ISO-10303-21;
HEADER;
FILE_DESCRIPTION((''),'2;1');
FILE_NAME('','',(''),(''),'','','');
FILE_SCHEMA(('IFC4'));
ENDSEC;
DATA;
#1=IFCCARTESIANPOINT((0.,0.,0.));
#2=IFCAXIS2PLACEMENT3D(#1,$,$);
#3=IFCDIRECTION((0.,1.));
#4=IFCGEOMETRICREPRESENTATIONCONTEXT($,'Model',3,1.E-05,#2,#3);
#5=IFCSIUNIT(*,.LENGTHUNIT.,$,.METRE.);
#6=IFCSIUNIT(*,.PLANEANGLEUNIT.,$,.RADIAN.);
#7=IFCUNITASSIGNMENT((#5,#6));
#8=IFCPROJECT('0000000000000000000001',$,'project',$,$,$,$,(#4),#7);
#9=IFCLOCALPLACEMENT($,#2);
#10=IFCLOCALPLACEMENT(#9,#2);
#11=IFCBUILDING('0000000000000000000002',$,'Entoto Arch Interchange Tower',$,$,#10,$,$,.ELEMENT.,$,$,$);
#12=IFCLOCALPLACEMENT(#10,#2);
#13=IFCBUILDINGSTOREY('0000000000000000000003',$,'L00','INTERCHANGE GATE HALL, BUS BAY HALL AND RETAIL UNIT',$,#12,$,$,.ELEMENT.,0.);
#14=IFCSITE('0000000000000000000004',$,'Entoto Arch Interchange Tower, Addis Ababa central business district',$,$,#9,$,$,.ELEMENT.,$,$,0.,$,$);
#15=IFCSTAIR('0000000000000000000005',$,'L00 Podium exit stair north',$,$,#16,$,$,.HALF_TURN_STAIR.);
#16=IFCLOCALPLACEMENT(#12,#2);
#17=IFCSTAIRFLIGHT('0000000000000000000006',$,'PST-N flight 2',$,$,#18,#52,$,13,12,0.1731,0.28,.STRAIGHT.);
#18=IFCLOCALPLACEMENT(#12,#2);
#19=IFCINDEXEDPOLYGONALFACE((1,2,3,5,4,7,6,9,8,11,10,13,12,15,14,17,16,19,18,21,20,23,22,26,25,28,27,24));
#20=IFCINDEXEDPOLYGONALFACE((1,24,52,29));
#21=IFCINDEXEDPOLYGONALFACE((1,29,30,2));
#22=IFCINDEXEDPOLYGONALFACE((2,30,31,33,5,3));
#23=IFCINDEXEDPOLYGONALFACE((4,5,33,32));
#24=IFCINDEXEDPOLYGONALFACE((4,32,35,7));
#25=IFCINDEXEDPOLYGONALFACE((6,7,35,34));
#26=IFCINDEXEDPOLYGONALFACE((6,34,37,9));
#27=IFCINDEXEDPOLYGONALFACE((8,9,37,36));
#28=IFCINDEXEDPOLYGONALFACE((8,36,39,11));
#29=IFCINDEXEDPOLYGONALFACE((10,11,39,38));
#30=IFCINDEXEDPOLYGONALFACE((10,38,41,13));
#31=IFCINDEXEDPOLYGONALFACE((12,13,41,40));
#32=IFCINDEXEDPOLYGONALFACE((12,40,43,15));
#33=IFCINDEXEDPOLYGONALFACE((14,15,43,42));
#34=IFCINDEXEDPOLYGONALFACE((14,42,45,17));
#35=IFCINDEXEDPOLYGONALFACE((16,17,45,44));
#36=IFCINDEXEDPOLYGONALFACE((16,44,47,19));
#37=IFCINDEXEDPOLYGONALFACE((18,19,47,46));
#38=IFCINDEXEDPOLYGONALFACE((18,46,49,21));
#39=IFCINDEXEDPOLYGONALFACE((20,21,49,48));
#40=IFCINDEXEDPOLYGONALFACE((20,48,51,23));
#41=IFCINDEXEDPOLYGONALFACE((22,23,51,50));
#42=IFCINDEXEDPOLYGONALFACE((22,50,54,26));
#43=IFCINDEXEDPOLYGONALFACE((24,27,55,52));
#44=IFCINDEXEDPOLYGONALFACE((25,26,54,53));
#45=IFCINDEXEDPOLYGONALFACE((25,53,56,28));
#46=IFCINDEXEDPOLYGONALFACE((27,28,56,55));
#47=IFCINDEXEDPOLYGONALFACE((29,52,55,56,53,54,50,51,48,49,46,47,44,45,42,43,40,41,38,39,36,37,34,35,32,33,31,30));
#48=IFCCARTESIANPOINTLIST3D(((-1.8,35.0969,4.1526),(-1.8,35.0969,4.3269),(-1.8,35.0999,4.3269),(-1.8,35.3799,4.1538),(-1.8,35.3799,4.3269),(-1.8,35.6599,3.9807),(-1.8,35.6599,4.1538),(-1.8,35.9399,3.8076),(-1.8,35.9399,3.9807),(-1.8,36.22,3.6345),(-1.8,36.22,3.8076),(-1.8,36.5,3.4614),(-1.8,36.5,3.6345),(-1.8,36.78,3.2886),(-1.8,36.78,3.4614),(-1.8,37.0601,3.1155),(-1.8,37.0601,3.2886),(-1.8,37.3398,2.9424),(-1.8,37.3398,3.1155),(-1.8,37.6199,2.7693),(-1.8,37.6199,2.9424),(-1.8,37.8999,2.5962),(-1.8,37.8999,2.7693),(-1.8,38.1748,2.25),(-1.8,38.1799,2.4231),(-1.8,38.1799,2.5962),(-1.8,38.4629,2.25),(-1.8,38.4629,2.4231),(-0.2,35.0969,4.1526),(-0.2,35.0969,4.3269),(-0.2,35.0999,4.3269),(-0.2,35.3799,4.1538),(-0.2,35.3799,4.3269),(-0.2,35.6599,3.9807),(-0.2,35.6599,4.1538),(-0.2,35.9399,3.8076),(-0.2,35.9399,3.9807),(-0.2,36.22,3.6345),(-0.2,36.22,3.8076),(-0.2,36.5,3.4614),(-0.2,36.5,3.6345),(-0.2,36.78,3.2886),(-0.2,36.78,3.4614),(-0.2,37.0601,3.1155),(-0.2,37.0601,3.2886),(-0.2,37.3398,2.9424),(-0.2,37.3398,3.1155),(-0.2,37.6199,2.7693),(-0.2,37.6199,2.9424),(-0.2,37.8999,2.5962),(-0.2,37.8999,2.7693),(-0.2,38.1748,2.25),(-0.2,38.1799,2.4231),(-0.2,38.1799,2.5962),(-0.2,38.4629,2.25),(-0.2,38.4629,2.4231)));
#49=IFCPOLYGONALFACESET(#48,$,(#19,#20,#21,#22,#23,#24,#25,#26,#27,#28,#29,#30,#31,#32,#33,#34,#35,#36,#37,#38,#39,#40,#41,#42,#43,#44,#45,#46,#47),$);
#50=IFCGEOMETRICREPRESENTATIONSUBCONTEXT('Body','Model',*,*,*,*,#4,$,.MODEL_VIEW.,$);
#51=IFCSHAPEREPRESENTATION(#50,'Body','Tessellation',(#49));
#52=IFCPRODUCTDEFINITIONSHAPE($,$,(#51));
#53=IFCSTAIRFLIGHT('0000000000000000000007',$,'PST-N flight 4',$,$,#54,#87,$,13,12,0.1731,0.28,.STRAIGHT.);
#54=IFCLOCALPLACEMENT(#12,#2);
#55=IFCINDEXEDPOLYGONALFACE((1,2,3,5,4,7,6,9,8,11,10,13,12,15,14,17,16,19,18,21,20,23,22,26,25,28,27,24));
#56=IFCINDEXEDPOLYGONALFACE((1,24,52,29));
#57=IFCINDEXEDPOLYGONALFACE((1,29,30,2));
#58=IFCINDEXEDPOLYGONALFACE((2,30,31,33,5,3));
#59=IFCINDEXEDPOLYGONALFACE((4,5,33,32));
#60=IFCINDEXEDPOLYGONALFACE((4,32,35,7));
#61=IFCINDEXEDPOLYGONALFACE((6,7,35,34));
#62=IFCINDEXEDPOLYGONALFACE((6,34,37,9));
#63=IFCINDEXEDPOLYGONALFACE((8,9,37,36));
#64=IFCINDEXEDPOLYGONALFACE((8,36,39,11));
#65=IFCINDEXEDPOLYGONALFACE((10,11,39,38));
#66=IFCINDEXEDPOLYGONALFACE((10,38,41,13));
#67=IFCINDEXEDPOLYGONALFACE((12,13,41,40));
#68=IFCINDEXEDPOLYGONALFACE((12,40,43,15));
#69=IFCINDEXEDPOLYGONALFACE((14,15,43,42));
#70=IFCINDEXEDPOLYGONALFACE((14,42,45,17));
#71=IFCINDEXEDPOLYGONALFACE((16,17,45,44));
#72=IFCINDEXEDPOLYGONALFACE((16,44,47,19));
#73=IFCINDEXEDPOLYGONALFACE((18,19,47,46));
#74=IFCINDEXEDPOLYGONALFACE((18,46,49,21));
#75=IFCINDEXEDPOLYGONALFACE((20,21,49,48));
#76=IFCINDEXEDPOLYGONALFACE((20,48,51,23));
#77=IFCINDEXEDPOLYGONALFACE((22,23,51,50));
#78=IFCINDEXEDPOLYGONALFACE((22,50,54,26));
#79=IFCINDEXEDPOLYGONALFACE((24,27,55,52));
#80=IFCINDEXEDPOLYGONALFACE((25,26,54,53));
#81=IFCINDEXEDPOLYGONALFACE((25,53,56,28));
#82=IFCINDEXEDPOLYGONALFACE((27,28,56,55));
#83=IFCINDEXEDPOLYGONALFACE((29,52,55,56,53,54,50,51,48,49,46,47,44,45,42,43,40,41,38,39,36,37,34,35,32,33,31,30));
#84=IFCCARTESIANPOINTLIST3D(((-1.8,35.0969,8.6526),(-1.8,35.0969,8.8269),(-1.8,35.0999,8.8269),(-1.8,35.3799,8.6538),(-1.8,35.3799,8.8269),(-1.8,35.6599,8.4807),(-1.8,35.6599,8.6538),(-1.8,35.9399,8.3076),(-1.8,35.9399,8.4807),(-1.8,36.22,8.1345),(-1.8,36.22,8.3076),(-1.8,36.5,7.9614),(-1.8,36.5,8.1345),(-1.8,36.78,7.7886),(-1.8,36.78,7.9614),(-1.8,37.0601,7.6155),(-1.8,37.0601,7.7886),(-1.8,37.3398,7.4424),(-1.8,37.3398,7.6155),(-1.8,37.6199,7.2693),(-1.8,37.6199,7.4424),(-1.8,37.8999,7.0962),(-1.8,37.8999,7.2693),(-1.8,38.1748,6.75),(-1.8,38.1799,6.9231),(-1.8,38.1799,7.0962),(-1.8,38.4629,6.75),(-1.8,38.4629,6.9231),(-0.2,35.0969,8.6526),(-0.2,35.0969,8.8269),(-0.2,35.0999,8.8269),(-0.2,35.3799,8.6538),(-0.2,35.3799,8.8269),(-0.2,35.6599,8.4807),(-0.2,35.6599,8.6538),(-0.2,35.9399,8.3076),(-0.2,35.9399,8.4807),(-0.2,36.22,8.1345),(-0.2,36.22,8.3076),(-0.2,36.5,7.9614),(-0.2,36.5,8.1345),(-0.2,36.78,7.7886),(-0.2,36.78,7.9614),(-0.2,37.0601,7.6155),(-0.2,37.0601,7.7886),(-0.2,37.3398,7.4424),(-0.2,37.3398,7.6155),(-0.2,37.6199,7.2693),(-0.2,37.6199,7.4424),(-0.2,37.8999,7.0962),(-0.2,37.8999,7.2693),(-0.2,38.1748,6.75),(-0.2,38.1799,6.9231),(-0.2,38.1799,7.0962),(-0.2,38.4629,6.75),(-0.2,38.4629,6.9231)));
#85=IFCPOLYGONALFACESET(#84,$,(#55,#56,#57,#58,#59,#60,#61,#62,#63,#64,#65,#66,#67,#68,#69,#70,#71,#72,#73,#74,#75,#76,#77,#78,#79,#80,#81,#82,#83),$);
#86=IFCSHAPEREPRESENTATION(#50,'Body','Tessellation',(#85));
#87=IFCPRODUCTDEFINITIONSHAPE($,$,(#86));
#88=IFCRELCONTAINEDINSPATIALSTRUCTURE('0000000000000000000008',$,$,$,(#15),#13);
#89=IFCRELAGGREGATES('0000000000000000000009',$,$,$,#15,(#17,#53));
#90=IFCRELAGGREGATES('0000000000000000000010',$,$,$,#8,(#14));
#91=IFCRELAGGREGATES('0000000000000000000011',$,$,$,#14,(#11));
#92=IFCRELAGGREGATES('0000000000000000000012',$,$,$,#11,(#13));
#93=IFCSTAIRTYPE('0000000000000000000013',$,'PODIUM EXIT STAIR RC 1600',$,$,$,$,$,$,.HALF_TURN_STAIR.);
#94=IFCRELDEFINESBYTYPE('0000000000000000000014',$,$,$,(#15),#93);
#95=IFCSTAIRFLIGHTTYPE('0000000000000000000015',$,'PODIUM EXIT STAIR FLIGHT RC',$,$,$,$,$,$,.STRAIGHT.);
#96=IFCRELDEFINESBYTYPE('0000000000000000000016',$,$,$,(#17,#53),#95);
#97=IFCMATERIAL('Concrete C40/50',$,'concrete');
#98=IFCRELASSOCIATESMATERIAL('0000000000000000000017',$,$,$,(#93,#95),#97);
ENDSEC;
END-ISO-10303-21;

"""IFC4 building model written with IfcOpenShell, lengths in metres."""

from ifc_helpers import new_model, si_unit, direction, frame, origin, place, context, subcontext, project, spatial, polyline, outline, extrude, material, type_object, element, aggregate, save


model = new_model("IFC4")

# Units and contexts
model_context = context("Model", 3, precision=1e-05, world=origin(), true_north=direction((0.0, 1.0)))
body_context = subcontext(model_context, "Body", "Model", "MODEL_VIEW")
ifc_project = project(units=[si_unit("LENGTHUNIT", "METRE"), si_unit("PLANEANGLEUNIT", "RADIAN")], contexts=[model_context])

# Site, building, storey
site_placement = place(None, origin())
site = spatial("IfcSite", under=ifc_project, at=site_placement, Name="Entoto Arch Interchange Tower, Addis Ababa central business district", CompositionType="ELEMENT", RefElevation=0.0)
building_placement = place(site_placement, origin())
building = spatial("IfcBuilding", under=site, at=building_placement, Name="Entoto Arch Interchange Tower", CompositionType="ELEMENT")
storey_placement = place(building_placement, origin())
storey = spatial("IfcBuildingStorey", under=building, at=storey_placement, Name="L00", Description="INTERCHANGE GATE HALL, BUS BAY HALL AND RETAIL UNIT", CompositionType="ELEMENT", Elevation=0.0)

# Shared definitions
ifc_material_1 = material(Name="Concrete C40/50", Category="concrete")

# Stair, stair flights
stair_type = type_object("IfcStairType", Name="PODIUM EXIT STAIR RC 1600", PredefinedType="HALF_TURN_STAIR", material=ifc_material_1)
stair_placement = place(storey_placement, origin())
stair = element("IfcStair", 1, at=stair_placement, inside=storey, type_object=stair_type, Name="L00 Podium exit stair north", PredefinedType="HALF_TURN_STAIR")
stair_flight_type = type_object("IfcStairFlightType", Name="PODIUM EXIT STAIR FLIGHT RC", PredefinedType="STRAIGHT", material=ifc_material_1)
stair_flight_1_placement = place(storey_placement, frame((-1.0, 38.46, 2.25), z_axis=(0.0, 0.0, 1.0), x_axis=(0.0, -1.0, 0.0)))
stair_flight_1 = element("IfcStairFlight", 2, at=stair_flight_1_placement, type_object=stair_flight_type, Name="PST-N flight 2", NumberOfRisers=13, NumberOfTreads=12, PredefinedType="STRAIGHT", RiserHeight=0.1731, TreadLength=0.28, context=body_context, shape_type="SweptSolid", body=[
    extrude(outline(polyline([(-0.0029, 0.0), (-0.0029, 0.1731), (0.28, 0.1731), (0.28, 0.3462), (0.5601, 0.3462), (0.5601, 0.5193), (0.8401, 0.5193), (0.8401, 0.6924), (1.1201, 0.6924), (1.1201, 0.8655), (1.3999, 0.8655), (1.3999, 1.0386), (1.6799, 1.0386), (1.6799, 1.2114), (1.96, 1.2114), (1.96, 1.3845), (2.24, 1.3845), (2.24, 1.5576), (2.52, 1.5576), (2.52, 1.7307), (2.8, 1.7307), (2.8, 1.9038), (3.0801, 1.9038), (3.0801, 2.0769), (3.3601, 2.0769), (3.363, 2.0769), (3.363, 1.9026), (0.2852, 0.0), (-0.0029, 0.0)])), frame((0.0, 0.8, 0.0), z_axis=(0.0, -1.0, 0.0), x_axis=(1.0, 0.0, 0.0)), (0.0, 0.0, 1.0), 1.6001),
])
stair_flight_2_placement = place(storey_placement, frame((-1.0, 38.46, 6.75), z_axis=(0.0, 0.0, 1.0), x_axis=(0.0, -1.0, 0.0)))
stair_flight_2 = element("IfcStairFlight", 3, at=stair_flight_2_placement, type_object=stair_flight_type, Name="PST-N flight 4", NumberOfRisers=13, NumberOfTreads=12, PredefinedType="STRAIGHT", RiserHeight=0.1731, TreadLength=0.28, context=body_context, shape_type="SweptSolid", body=[
    extrude(outline(polyline([(-0.0029, 0.0), (-0.0029, 0.1731), (0.28, 0.1731), (0.28, 0.3462), (0.5601, 0.3462), (0.5601, 0.5193), (0.8401, 0.5193), (0.8401, 0.6924), (1.1201, 0.6924), (1.1201, 0.8655), (1.3999, 0.8655), (1.3999, 1.0386), (1.6799, 1.0386), (1.6799, 1.2114), (1.96, 1.2114), (1.96, 1.3845), (2.24, 1.3845), (2.24, 1.5576), (2.52, 1.5576), (2.52, 1.7307), (2.8, 1.7307), (2.8, 1.9038), (3.0801, 1.9038), (3.0801, 2.0769), (3.3601, 2.0769), (3.363, 2.0769), (3.363, 1.9026), (0.2852, 0.0), (-0.0029, 0.0)])), frame((0.0, 0.8, 0.0), z_axis=(0.0, -1.0, 0.0), x_axis=(1.0, 0.0, 0.0)), (0.0, 0.0, 1.0), 1.6001),
])
aggregate(stair, [stair_flight_1, stair_flight_2])

save(model, "model.ifc")
